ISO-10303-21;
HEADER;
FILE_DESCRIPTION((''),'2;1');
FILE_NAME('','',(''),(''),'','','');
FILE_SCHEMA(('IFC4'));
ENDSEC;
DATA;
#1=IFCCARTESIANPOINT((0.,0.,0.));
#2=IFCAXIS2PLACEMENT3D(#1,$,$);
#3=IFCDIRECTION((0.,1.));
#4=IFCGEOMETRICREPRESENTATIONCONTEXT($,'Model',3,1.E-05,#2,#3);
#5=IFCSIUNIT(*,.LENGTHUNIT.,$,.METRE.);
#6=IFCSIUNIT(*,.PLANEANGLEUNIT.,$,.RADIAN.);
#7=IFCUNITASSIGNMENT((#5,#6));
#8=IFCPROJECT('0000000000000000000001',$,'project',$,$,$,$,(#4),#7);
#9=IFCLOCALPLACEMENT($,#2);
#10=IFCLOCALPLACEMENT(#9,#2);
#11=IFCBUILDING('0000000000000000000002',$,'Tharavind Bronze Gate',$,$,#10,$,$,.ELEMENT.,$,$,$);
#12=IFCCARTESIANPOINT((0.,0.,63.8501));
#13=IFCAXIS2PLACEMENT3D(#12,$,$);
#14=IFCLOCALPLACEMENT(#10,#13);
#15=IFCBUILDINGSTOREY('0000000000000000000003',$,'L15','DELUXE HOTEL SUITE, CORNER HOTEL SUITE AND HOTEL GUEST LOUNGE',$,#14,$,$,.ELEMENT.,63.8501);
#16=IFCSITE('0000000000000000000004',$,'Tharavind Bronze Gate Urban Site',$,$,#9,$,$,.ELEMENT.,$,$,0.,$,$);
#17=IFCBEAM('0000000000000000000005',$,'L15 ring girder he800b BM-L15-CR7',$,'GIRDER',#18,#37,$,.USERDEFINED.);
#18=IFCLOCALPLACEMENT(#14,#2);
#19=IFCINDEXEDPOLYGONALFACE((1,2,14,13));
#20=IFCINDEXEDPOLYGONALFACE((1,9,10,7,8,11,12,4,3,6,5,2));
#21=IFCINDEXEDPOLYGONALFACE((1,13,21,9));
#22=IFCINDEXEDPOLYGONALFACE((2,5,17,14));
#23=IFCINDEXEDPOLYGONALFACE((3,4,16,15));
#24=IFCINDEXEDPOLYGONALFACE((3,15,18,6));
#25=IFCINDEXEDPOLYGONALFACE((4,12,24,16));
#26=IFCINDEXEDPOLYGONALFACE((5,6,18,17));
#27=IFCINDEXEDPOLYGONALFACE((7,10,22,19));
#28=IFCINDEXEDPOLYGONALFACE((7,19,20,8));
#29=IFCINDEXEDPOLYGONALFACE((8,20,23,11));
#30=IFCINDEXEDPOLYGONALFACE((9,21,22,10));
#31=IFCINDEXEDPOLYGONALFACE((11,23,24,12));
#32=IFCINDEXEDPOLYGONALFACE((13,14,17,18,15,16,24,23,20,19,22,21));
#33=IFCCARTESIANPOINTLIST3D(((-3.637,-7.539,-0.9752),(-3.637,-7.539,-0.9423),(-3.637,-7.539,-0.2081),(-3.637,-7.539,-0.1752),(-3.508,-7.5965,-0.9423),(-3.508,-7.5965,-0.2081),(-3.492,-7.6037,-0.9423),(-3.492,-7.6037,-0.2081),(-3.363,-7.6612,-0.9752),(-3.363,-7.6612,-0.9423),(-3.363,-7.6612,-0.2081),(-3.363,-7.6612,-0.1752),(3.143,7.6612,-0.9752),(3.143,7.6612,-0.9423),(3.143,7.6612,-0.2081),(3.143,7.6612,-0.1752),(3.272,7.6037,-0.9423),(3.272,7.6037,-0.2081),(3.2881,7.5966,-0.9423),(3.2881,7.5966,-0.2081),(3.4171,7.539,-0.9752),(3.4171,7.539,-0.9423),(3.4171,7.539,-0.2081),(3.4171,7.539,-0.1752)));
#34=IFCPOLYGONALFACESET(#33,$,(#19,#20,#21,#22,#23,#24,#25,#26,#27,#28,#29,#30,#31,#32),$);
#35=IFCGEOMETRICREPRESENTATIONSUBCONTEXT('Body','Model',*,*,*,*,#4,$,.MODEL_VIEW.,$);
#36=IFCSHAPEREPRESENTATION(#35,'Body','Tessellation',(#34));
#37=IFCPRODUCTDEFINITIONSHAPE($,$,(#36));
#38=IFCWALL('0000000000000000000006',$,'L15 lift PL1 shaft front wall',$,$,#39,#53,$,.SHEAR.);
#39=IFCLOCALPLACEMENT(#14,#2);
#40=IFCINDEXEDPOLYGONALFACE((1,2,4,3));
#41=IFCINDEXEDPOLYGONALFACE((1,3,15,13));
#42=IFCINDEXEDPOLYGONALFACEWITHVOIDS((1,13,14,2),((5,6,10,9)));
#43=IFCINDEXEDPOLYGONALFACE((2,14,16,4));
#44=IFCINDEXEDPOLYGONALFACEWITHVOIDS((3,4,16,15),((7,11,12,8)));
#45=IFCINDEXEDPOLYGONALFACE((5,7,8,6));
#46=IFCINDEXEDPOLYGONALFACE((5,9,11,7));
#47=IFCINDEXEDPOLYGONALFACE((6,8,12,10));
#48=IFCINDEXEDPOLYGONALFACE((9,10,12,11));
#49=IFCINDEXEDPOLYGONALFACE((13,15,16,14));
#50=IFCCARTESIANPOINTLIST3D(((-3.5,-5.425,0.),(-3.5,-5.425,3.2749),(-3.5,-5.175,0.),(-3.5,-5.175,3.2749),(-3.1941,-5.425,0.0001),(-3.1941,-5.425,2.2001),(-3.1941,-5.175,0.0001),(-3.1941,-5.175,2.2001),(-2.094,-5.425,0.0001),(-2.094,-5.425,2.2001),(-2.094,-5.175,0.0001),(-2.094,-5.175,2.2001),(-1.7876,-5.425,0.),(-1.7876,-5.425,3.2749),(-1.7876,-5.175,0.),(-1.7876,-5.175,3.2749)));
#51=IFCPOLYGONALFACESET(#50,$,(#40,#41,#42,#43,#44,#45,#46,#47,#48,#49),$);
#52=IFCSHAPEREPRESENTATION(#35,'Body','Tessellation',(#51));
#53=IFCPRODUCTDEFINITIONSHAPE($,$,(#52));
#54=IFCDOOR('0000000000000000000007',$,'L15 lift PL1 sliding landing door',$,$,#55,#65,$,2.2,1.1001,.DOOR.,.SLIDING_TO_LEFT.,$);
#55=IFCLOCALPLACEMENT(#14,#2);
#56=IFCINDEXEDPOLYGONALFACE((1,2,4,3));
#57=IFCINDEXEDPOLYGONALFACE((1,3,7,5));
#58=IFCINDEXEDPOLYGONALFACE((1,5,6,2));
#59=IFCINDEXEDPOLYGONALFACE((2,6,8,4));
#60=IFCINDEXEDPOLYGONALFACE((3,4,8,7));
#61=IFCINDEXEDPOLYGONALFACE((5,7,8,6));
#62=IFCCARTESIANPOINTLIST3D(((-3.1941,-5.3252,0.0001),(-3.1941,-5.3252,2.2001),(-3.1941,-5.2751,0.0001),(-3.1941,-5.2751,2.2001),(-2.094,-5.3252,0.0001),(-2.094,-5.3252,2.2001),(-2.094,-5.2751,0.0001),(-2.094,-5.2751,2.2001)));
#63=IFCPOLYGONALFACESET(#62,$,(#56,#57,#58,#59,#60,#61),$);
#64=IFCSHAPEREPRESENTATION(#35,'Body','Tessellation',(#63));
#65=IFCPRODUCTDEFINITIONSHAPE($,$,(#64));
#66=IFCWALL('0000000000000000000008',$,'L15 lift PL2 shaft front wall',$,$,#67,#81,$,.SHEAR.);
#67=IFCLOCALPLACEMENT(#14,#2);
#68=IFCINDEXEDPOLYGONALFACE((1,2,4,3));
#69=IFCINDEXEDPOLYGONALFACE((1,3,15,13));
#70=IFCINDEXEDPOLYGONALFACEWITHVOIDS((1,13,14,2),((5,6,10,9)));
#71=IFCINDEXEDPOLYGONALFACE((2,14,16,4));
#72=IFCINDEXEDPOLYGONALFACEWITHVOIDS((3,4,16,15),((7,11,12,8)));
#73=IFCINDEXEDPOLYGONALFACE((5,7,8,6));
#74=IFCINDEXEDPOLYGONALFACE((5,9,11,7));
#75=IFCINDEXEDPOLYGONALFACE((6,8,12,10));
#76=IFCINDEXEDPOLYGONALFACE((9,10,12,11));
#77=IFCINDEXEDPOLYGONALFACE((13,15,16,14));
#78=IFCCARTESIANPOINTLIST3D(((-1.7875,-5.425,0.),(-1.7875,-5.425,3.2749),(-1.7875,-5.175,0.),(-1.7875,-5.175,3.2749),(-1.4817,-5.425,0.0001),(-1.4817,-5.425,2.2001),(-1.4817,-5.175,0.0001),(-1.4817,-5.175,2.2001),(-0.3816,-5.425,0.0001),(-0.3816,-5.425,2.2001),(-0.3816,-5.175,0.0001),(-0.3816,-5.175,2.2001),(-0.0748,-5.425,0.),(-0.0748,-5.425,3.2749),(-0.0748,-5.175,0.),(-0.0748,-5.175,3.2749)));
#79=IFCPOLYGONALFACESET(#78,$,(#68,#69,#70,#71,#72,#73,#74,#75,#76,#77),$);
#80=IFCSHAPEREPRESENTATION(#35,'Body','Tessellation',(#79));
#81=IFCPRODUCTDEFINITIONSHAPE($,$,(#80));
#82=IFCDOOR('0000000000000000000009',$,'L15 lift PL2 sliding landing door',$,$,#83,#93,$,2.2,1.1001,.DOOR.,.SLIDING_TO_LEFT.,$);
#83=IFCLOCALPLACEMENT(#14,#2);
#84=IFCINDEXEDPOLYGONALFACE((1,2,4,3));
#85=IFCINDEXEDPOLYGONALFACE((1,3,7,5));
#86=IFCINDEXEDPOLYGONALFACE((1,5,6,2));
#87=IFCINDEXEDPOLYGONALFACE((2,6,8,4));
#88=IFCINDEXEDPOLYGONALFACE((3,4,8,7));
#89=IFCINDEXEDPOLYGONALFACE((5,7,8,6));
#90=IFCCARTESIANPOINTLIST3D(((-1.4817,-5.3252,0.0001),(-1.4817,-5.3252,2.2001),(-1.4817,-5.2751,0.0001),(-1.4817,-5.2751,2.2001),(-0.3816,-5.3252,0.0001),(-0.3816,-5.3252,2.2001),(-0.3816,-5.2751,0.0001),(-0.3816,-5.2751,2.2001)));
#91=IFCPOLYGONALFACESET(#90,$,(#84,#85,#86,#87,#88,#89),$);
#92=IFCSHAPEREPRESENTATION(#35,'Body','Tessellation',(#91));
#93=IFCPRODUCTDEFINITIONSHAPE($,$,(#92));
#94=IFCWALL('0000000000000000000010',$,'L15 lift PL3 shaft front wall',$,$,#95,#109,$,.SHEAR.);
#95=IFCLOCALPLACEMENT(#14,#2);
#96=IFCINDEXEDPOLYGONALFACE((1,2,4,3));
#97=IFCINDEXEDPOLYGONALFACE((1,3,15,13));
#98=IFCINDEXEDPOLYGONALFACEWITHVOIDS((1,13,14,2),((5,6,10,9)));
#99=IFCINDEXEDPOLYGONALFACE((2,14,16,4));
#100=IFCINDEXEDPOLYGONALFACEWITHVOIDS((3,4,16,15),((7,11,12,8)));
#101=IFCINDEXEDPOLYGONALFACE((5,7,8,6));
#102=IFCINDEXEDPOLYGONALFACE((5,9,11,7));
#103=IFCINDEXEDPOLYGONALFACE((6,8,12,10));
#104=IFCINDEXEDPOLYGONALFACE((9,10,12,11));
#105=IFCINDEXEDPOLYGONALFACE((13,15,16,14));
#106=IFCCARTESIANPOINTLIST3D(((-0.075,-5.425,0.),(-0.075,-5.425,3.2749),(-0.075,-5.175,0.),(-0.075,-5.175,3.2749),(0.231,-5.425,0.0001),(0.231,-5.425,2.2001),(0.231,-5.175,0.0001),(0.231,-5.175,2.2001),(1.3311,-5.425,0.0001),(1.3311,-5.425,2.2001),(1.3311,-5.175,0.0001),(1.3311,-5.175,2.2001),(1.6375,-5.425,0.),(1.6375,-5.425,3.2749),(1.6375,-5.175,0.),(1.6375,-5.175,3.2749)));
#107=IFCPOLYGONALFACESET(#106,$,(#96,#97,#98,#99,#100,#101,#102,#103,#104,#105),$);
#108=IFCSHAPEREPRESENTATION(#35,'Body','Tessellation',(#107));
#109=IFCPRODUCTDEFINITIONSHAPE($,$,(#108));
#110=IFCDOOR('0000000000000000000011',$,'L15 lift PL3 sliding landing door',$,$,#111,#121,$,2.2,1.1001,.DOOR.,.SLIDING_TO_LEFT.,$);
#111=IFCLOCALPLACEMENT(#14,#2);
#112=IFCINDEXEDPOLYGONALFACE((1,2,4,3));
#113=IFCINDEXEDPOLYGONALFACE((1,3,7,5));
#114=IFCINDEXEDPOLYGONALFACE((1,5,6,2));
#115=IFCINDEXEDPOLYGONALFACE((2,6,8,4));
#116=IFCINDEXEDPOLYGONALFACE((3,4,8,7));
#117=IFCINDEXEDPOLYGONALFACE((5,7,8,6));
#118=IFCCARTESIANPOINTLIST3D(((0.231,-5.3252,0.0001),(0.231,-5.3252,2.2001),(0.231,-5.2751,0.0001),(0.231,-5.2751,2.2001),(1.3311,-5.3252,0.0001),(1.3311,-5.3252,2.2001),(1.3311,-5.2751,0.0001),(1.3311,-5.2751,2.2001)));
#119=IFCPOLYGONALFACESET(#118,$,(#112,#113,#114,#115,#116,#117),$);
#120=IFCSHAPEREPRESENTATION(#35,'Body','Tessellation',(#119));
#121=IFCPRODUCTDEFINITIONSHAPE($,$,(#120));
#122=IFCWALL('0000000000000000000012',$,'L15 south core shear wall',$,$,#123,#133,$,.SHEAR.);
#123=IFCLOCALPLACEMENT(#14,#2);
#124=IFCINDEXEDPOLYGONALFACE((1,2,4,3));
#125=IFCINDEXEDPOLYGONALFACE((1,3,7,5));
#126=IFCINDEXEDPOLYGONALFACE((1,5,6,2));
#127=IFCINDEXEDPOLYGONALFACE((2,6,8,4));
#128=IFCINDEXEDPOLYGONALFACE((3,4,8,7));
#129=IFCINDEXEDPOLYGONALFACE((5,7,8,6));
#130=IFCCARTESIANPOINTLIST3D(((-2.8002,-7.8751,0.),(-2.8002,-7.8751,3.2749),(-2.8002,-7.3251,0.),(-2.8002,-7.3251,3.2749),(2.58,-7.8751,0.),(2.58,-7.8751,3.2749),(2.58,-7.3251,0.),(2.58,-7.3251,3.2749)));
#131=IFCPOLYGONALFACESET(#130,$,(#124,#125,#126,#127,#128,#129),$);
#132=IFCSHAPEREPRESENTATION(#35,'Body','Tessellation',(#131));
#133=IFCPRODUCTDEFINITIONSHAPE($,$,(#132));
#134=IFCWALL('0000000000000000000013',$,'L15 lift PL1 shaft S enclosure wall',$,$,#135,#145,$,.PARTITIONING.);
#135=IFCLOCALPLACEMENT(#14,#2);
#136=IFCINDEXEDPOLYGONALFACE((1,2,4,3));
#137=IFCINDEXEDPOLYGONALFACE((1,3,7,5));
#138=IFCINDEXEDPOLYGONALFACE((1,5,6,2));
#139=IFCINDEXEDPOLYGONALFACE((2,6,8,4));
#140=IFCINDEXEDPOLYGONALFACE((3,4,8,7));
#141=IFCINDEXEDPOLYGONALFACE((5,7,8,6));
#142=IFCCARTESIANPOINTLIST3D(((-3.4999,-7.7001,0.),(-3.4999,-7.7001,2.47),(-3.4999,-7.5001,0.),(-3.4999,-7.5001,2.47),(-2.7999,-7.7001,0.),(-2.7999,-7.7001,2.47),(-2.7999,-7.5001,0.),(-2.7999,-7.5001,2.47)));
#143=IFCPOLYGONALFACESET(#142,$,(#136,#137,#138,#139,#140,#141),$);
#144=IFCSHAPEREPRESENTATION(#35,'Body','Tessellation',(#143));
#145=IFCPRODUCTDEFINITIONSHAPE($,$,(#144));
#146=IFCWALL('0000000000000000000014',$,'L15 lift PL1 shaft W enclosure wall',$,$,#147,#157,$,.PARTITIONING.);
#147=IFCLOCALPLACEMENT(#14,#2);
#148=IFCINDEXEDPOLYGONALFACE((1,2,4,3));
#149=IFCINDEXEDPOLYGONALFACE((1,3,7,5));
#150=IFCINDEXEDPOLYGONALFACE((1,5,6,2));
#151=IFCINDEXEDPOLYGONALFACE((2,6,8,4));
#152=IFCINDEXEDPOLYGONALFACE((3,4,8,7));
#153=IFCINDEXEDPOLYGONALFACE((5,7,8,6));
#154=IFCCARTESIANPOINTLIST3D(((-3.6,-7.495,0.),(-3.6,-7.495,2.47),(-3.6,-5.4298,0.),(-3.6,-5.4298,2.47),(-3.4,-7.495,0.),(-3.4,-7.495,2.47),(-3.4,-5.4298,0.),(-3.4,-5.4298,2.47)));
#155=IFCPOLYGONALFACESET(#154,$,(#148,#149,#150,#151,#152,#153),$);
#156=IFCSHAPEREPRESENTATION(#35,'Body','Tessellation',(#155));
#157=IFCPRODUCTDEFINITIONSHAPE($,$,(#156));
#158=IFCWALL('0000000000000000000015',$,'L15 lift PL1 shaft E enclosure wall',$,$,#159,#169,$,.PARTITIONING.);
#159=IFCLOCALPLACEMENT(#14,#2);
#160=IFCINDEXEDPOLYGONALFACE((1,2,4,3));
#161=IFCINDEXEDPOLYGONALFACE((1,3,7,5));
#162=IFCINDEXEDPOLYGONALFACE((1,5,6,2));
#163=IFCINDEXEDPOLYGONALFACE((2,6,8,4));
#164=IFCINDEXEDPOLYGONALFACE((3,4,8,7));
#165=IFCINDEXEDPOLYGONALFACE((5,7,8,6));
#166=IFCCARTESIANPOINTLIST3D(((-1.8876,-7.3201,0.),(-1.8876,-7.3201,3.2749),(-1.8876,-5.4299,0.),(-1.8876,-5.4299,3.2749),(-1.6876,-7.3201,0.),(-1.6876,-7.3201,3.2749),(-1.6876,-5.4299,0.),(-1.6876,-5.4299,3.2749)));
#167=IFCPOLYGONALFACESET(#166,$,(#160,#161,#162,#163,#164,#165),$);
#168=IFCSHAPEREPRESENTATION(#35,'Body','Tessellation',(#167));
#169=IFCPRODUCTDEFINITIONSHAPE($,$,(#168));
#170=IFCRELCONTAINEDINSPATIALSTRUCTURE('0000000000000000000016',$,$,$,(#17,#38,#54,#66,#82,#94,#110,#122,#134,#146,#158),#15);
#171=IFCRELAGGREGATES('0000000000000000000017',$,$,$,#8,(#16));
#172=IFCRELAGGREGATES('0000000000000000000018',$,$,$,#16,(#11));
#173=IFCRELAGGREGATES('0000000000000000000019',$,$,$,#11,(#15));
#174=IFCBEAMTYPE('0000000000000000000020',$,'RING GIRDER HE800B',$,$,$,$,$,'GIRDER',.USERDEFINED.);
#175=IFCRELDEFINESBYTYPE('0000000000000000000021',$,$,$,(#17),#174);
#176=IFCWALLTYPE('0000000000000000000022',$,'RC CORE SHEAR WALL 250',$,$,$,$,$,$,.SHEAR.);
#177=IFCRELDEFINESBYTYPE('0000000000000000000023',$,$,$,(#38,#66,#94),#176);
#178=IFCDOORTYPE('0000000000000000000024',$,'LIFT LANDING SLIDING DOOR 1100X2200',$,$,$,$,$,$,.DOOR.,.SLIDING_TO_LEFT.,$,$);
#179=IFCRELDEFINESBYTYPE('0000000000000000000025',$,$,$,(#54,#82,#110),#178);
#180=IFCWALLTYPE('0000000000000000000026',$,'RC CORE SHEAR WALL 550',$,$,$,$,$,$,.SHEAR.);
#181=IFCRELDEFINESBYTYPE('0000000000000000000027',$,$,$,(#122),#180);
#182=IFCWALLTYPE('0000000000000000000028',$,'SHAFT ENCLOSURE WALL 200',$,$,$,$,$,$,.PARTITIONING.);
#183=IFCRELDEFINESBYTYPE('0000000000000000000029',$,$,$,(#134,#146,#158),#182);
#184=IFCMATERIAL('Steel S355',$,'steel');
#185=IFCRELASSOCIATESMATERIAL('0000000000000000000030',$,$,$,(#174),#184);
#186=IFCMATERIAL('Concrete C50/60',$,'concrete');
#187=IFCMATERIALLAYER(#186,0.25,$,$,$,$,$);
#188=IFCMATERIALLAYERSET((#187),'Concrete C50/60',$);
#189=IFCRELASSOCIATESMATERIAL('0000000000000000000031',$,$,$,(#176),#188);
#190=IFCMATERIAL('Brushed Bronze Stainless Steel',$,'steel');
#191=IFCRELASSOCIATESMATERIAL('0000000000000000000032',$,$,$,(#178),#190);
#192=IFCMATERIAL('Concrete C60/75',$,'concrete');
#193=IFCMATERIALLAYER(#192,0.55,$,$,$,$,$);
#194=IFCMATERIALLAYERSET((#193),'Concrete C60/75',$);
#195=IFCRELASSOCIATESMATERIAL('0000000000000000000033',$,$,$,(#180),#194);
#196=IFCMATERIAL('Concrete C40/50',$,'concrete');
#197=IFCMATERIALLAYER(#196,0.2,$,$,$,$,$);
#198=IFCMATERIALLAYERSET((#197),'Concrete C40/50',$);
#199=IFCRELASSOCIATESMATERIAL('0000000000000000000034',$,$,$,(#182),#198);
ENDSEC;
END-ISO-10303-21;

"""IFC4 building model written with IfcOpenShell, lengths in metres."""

from ifc_helpers import new_model, si_unit, direction, frame, frame_2d, origin, origin_2d, place, context, subcontext, project, spatial, rectangle, i_section, extrude, material, layer, layer_set, material_profile, profile_set, type_object, element, fill, save


model = new_model("IFC4")

# Units and contexts
model_context = context("Model", 3, precision=1e-05, world=origin(), true_north=direction((0.0, 1.0)))
body_context = subcontext(model_context, "Body", "Model", "MODEL_VIEW")
ifc_project = project(units=[si_unit("LENGTHUNIT", "METRE"), si_unit("PLANEANGLEUNIT", "RADIAN")], contexts=[model_context])

# Site, building, storey
site_placement = place(None, origin())
site = spatial("IfcSite", under=ifc_project, at=site_placement, Name="Tharavind Bronze Gate Urban Site", CompositionType="ELEMENT", RefElevation=0.0)
building_placement = place(site_placement, origin())
building = spatial("IfcBuilding", under=site, at=building_placement, Name="Tharavind Bronze Gate", CompositionType="ELEMENT")
storey_placement = place(building_placement, frame((0.0, 0.0, 63.8501)))
storey = spatial("IfcBuildingStorey", under=building, at=storey_placement, Name="L15", Description="DELUXE HOTEL SUITE, CORNER HOTEL SUITE AND HOTEL GUEST LOUNGE", CompositionType="ELEMENT", Elevation=63.8501)

# Beam
ifc_material_1 = material(Name="Steel S355", Category="steel")
ifc_material_profile = material_profile(ifc_material_1, i_section(OverallWidth=0.3, OverallDepth=0.8, WebThickness=0.0176, FlangeThickness=0.033, at=origin_2d()), Name="HE800B")
ifc_profile_set = profile_set([ifc_material_profile], Name="Steel S355")
beam_type = type_object("IfcBeamType", Name="RING GIRDER HE800B", ElementType="GIRDER", PredefinedType="USERDEFINED", material=ifc_profile_set)
beam_placement = place(storey_placement, frame((-3.5, -7.6001, -0.5752), z_axis=(0.407362, 0.913267, 0.0), x_axis=(-0.913267, 0.407362, 0.0)))
element("IfcBeam", 1, at=beam_placement, inside=storey, type_object=beam_type, Name="L15 ring girder he800b BM-L15-CR7", ObjectType="GIRDER", PredefinedType="USERDEFINED", context=body_context, shape_type="SweptSolid", body=[
    extrude(i_section(OverallWidth=0.3, OverallDepth=0.8, WebThickness=0.0176, FlangeThickness=0.033, at=origin_2d()), origin(), (0.0, 0.0, 1.0), 16.6438),
])

# Walls, openings, doors
ifc_material_2 = material(Name="Concrete C50/60", Category="concrete")
ifc_layer_1 = layer(ifc_material_2, 0.25)
ifc_layer_set_1 = layer_set([ifc_layer_1], Name="Concrete C50/60")
wall_type_1 = type_object("IfcWallType", Name="RC CORE SHEAR WALL 250", PredefinedType="SHEAR", material=ifc_layer_set_1)
wall_1_placement = place(storey_placement, frame((-3.5, -5.3, 0.0), z_axis=(0.0, 0.0, 1.0), x_axis=(1.0, 0.0, 0.0)))
wall_1 = element("IfcWall", 2, at=wall_1_placement, inside=storey, type_object=wall_type_1, Name="L15 lift PL1 shaft front wall", PredefinedType="SHEAR", context=body_context, shape_type="SweptSolid", body=[
    extrude(rectangle(XDim=1.7124, YDim=0.25, at=frame_2d((0.8562, 0.0))), origin(), (0.0, 0.0, 1.0), 3.2749),
])
opening_1_placement = place(wall_1_placement, frame((0.3059, 0.0, 0.0)))
opening_1 = element("IfcOpeningElement", 3, at=opening_1_placement, cuts=wall_1, PredefinedType="OPENING", context=body_context, shape_type="SweptSolid", body=[
    extrude(rectangle(XDim=1.1001, YDim=2.2, at=frame_2d((0.55, 1.1001))), frame((0.0, 0.135, 0.0), z_axis=(0.0, -1.0, 0.0), x_axis=(1.0, 0.0, 0.0)), (0.0, 0.0, 1.0), 0.27),
])
ifc_material_3 = material(Name="Brushed Bronze Stainless Steel", Category="steel")
door_type_1 = type_object("IfcDoorType", Name="LIFT LANDING SLIDING DOOR 1100X2200", OperationType="SLIDING_TO_LEFT", PredefinedType="DOOR", material=ifc_material_3)
door_1_placement = place(opening_1_placement, origin())
door_1 = element("IfcDoor", 4, at=door_1_placement, inside=storey, type_object=door_type_1, Name="L15 lift PL1 sliding landing door", OperationType="SLIDING_TO_LEFT", OverallHeight=2.2, OverallWidth=1.1001, PredefinedType="DOOR", context=body_context, shape_type="SweptSolid", body=[
    extrude(rectangle(XDim=1.1001, YDim=2.2, at=frame_2d((0.55, 1.1001))), frame((0.0, 0.0249, 0.0), z_axis=(0.0, -1.0, 0.0), x_axis=(1.0, 0.0, 0.0)), (0.0, 0.0, 1.0), 0.05),
])
fill(opening_1, door_1)
wall_2_placement = place(storey_placement, frame((-1.7876, -5.3, 0.0), z_axis=(0.0, 0.0, 1.0), x_axis=(1.0, 0.0, 0.0)))
wall_2 = element("IfcWall", 5, at=wall_2_placement, inside=storey, type_object=wall_type_1, Name="L15 lift PL2 shaft front wall", PredefinedType="SHEAR", context=body_context, shape_type="SweptSolid", body=[
    extrude(rectangle(XDim=1.7126, YDim=0.25, at=frame_2d((0.8564, 0.0))), origin(), (0.0, 0.0, 1.0), 3.2749),
])
opening_2_placement = place(wall_2_placement, frame((0.3059, 0.0, 0.0)))
opening_2 = element("IfcOpeningElement", 6, at=opening_2_placement, cuts=wall_2, PredefinedType="OPENING", context=body_context, shape_type="SweptSolid", body=[
    extrude(rectangle(XDim=1.1001, YDim=2.2, at=frame_2d((0.55, 1.1001))), frame((0.0, 0.135, 0.0), z_axis=(0.0, -1.0, 0.0), x_axis=(1.0, 0.0, 0.0)), (0.0, 0.0, 1.0), 0.27),
])
door_2_placement = place(opening_2_placement, origin())
door_2 = element("IfcDoor", 7, at=door_2_placement, inside=storey, type_object=door_type_1, Name="L15 lift PL2 sliding landing door", OperationType="SLIDING_TO_LEFT", OverallHeight=2.2, OverallWidth=1.1001, PredefinedType="DOOR", context=body_context, shape_type="SweptSolid", body=[
    extrude(rectangle(XDim=1.1001, YDim=2.2, at=frame_2d((0.55, 1.1001))), frame((0.0, 0.0249, 0.0), z_axis=(0.0, -1.0, 0.0), x_axis=(1.0, 0.0, 0.0)), (0.0, 0.0, 1.0), 0.05),
])
fill(opening_2, door_2)
wall_3_placement = place(storey_placement, frame((-0.075, -5.3, 0.0), z_axis=(0.0, 0.0, 1.0), x_axis=(1.0, 0.0, 0.0)))
wall_3 = element("IfcWall", 8, at=wall_3_placement, inside=storey, type_object=wall_type_1, Name="L15 lift PL3 shaft front wall", PredefinedType="SHEAR", context=body_context, shape_type="SweptSolid", body=[
    extrude(rectangle(XDim=1.7124, YDim=0.25, at=frame_2d((0.8562, 0.0))), origin(), (0.0, 0.0, 1.0), 3.2749),
])
opening_3_placement = place(wall_3_placement, frame((0.3059, 0.0, 0.0)))
opening_3 = element("IfcOpeningElement", 9, at=opening_3_placement, cuts=wall_3, PredefinedType="OPENING", context=body_context, shape_type="SweptSolid", body=[
    extrude(rectangle(XDim=1.1001, YDim=2.2, at=frame_2d((0.55, 1.1001))), frame((0.0, 0.135, 0.0), z_axis=(0.0, -1.0, 0.0), x_axis=(1.0, 0.0, 0.0)), (0.0, 0.0, 1.0), 0.27),
])
door_3_placement = place(opening_3_placement, origin())
door_3 = element("IfcDoor", 10, at=door_3_placement, inside=storey, type_object=door_type_1, Name="L15 lift PL3 sliding landing door", OperationType="SLIDING_TO_LEFT", OverallHeight=2.2, OverallWidth=1.1001, PredefinedType="DOOR", context=body_context, shape_type="SweptSolid", body=[
    extrude(rectangle(XDim=1.1001, YDim=2.2, at=frame_2d((0.55, 1.1001))), frame((0.0, 0.0249, 0.0), z_axis=(0.0, -1.0, 0.0), x_axis=(1.0, 0.0, 0.0)), (0.0, 0.0, 1.0), 0.05),
])
fill(opening_3, door_3)

# Walls
ifc_material_4 = material(Name="Concrete C60/75", Category="concrete")
ifc_layer_2 = layer(ifc_material_4, 0.55)
ifc_layer_set_2 = layer_set([ifc_layer_2], Name="Concrete C60/75")
wall_type_2 = type_object("IfcWallType", Name="RC CORE SHEAR WALL 550", PredefinedType="SHEAR", material=ifc_layer_set_2)
wall_4_placement = place(storey_placement, frame((-2.8, -7.6001, 0.0), z_axis=(0.0, 0.0, 1.0), x_axis=(1.0, 0.0, 0.0)))
element("IfcWall", 11, at=wall_4_placement, inside=storey, type_object=wall_type_2, Name="L15 south core shear wall", PredefinedType="SHEAR", context=body_context, shape_type="SweptSolid", body=[
    extrude(rectangle(XDim=5.3801, YDim=0.55, at=frame_2d((2.6899, 0.0))), origin(), (0.0, 0.0, 1.0), 3.2749),
])
ifc_material_5 = material(Name="Concrete C40/50", Category="concrete")
ifc_layer_3 = layer(ifc_material_5, 0.2)
ifc_layer_set_3 = layer_set([ifc_layer_3], Name="Concrete C40/50")
wall_type_3 = type_object("IfcWallType", Name="SHAFT ENCLOSURE WALL 200", PredefinedType="PARTITIONING", material=ifc_layer_set_3)
wall_5_placement = place(storey_placement, frame((-3.5, -7.6001, 0.0), z_axis=(0.0, 0.0, 1.0), x_axis=(1.0, 0.0, 0.0)))
element("IfcWall", 12, at=wall_5_placement, inside=storey, type_object=wall_type_3, Name="L15 lift PL1 shaft S enclosure wall", PredefinedType="PARTITIONING", context=body_context, shape_type="SweptSolid", body=[
    extrude(rectangle(XDim=0.7, YDim=0.2, at=frame_2d((0.3501, 0.0))), origin(), (0.0, 0.0, 1.0), 2.47),
])
wall_6_placement = place(storey_placement, frame((-3.5, -7.4951, 0.0), z_axis=(0.0, 0.0, 1.0), x_axis=(0.0, 1.0, 0.0)))
element("IfcWall", 13, at=wall_6_placement, inside=storey, type_object=wall_type_3, Name="L15 lift PL1 shaft W enclosure wall", PredefinedType="PARTITIONING", context=body_context, shape_type="SweptSolid", body=[
    extrude(rectangle(XDim=2.0652, YDim=0.2, at=frame_2d((1.0327, 0.0))), origin(), (0.0, 0.0, 1.0), 2.47),
])
for number, where, z_axis, x_axis, name in (
    (14, (-1.7876, -7.3201, 0.0), (0.0, 0.0, 1.0), (0.0, 1.0, 0.0), "L15 lift PL1 shaft E enclosure wall"),
):
    element("IfcWall", number, at=place(storey_placement, frame(where, z_axis=z_axis, x_axis=x_axis)), inside=storey, type_object=wall_type_3, Name=name, PredefinedType="PARTITIONING", context=body_context, shape_type="SweptSolid", body=[
        extrude(rectangle(XDim=1.8901, YDim=0.2, at=frame_2d((0.9451, 0.0))), origin(), (0.0, 0.0, 1.0), 3.2749),
    ])

save(model, "model.ifc")
